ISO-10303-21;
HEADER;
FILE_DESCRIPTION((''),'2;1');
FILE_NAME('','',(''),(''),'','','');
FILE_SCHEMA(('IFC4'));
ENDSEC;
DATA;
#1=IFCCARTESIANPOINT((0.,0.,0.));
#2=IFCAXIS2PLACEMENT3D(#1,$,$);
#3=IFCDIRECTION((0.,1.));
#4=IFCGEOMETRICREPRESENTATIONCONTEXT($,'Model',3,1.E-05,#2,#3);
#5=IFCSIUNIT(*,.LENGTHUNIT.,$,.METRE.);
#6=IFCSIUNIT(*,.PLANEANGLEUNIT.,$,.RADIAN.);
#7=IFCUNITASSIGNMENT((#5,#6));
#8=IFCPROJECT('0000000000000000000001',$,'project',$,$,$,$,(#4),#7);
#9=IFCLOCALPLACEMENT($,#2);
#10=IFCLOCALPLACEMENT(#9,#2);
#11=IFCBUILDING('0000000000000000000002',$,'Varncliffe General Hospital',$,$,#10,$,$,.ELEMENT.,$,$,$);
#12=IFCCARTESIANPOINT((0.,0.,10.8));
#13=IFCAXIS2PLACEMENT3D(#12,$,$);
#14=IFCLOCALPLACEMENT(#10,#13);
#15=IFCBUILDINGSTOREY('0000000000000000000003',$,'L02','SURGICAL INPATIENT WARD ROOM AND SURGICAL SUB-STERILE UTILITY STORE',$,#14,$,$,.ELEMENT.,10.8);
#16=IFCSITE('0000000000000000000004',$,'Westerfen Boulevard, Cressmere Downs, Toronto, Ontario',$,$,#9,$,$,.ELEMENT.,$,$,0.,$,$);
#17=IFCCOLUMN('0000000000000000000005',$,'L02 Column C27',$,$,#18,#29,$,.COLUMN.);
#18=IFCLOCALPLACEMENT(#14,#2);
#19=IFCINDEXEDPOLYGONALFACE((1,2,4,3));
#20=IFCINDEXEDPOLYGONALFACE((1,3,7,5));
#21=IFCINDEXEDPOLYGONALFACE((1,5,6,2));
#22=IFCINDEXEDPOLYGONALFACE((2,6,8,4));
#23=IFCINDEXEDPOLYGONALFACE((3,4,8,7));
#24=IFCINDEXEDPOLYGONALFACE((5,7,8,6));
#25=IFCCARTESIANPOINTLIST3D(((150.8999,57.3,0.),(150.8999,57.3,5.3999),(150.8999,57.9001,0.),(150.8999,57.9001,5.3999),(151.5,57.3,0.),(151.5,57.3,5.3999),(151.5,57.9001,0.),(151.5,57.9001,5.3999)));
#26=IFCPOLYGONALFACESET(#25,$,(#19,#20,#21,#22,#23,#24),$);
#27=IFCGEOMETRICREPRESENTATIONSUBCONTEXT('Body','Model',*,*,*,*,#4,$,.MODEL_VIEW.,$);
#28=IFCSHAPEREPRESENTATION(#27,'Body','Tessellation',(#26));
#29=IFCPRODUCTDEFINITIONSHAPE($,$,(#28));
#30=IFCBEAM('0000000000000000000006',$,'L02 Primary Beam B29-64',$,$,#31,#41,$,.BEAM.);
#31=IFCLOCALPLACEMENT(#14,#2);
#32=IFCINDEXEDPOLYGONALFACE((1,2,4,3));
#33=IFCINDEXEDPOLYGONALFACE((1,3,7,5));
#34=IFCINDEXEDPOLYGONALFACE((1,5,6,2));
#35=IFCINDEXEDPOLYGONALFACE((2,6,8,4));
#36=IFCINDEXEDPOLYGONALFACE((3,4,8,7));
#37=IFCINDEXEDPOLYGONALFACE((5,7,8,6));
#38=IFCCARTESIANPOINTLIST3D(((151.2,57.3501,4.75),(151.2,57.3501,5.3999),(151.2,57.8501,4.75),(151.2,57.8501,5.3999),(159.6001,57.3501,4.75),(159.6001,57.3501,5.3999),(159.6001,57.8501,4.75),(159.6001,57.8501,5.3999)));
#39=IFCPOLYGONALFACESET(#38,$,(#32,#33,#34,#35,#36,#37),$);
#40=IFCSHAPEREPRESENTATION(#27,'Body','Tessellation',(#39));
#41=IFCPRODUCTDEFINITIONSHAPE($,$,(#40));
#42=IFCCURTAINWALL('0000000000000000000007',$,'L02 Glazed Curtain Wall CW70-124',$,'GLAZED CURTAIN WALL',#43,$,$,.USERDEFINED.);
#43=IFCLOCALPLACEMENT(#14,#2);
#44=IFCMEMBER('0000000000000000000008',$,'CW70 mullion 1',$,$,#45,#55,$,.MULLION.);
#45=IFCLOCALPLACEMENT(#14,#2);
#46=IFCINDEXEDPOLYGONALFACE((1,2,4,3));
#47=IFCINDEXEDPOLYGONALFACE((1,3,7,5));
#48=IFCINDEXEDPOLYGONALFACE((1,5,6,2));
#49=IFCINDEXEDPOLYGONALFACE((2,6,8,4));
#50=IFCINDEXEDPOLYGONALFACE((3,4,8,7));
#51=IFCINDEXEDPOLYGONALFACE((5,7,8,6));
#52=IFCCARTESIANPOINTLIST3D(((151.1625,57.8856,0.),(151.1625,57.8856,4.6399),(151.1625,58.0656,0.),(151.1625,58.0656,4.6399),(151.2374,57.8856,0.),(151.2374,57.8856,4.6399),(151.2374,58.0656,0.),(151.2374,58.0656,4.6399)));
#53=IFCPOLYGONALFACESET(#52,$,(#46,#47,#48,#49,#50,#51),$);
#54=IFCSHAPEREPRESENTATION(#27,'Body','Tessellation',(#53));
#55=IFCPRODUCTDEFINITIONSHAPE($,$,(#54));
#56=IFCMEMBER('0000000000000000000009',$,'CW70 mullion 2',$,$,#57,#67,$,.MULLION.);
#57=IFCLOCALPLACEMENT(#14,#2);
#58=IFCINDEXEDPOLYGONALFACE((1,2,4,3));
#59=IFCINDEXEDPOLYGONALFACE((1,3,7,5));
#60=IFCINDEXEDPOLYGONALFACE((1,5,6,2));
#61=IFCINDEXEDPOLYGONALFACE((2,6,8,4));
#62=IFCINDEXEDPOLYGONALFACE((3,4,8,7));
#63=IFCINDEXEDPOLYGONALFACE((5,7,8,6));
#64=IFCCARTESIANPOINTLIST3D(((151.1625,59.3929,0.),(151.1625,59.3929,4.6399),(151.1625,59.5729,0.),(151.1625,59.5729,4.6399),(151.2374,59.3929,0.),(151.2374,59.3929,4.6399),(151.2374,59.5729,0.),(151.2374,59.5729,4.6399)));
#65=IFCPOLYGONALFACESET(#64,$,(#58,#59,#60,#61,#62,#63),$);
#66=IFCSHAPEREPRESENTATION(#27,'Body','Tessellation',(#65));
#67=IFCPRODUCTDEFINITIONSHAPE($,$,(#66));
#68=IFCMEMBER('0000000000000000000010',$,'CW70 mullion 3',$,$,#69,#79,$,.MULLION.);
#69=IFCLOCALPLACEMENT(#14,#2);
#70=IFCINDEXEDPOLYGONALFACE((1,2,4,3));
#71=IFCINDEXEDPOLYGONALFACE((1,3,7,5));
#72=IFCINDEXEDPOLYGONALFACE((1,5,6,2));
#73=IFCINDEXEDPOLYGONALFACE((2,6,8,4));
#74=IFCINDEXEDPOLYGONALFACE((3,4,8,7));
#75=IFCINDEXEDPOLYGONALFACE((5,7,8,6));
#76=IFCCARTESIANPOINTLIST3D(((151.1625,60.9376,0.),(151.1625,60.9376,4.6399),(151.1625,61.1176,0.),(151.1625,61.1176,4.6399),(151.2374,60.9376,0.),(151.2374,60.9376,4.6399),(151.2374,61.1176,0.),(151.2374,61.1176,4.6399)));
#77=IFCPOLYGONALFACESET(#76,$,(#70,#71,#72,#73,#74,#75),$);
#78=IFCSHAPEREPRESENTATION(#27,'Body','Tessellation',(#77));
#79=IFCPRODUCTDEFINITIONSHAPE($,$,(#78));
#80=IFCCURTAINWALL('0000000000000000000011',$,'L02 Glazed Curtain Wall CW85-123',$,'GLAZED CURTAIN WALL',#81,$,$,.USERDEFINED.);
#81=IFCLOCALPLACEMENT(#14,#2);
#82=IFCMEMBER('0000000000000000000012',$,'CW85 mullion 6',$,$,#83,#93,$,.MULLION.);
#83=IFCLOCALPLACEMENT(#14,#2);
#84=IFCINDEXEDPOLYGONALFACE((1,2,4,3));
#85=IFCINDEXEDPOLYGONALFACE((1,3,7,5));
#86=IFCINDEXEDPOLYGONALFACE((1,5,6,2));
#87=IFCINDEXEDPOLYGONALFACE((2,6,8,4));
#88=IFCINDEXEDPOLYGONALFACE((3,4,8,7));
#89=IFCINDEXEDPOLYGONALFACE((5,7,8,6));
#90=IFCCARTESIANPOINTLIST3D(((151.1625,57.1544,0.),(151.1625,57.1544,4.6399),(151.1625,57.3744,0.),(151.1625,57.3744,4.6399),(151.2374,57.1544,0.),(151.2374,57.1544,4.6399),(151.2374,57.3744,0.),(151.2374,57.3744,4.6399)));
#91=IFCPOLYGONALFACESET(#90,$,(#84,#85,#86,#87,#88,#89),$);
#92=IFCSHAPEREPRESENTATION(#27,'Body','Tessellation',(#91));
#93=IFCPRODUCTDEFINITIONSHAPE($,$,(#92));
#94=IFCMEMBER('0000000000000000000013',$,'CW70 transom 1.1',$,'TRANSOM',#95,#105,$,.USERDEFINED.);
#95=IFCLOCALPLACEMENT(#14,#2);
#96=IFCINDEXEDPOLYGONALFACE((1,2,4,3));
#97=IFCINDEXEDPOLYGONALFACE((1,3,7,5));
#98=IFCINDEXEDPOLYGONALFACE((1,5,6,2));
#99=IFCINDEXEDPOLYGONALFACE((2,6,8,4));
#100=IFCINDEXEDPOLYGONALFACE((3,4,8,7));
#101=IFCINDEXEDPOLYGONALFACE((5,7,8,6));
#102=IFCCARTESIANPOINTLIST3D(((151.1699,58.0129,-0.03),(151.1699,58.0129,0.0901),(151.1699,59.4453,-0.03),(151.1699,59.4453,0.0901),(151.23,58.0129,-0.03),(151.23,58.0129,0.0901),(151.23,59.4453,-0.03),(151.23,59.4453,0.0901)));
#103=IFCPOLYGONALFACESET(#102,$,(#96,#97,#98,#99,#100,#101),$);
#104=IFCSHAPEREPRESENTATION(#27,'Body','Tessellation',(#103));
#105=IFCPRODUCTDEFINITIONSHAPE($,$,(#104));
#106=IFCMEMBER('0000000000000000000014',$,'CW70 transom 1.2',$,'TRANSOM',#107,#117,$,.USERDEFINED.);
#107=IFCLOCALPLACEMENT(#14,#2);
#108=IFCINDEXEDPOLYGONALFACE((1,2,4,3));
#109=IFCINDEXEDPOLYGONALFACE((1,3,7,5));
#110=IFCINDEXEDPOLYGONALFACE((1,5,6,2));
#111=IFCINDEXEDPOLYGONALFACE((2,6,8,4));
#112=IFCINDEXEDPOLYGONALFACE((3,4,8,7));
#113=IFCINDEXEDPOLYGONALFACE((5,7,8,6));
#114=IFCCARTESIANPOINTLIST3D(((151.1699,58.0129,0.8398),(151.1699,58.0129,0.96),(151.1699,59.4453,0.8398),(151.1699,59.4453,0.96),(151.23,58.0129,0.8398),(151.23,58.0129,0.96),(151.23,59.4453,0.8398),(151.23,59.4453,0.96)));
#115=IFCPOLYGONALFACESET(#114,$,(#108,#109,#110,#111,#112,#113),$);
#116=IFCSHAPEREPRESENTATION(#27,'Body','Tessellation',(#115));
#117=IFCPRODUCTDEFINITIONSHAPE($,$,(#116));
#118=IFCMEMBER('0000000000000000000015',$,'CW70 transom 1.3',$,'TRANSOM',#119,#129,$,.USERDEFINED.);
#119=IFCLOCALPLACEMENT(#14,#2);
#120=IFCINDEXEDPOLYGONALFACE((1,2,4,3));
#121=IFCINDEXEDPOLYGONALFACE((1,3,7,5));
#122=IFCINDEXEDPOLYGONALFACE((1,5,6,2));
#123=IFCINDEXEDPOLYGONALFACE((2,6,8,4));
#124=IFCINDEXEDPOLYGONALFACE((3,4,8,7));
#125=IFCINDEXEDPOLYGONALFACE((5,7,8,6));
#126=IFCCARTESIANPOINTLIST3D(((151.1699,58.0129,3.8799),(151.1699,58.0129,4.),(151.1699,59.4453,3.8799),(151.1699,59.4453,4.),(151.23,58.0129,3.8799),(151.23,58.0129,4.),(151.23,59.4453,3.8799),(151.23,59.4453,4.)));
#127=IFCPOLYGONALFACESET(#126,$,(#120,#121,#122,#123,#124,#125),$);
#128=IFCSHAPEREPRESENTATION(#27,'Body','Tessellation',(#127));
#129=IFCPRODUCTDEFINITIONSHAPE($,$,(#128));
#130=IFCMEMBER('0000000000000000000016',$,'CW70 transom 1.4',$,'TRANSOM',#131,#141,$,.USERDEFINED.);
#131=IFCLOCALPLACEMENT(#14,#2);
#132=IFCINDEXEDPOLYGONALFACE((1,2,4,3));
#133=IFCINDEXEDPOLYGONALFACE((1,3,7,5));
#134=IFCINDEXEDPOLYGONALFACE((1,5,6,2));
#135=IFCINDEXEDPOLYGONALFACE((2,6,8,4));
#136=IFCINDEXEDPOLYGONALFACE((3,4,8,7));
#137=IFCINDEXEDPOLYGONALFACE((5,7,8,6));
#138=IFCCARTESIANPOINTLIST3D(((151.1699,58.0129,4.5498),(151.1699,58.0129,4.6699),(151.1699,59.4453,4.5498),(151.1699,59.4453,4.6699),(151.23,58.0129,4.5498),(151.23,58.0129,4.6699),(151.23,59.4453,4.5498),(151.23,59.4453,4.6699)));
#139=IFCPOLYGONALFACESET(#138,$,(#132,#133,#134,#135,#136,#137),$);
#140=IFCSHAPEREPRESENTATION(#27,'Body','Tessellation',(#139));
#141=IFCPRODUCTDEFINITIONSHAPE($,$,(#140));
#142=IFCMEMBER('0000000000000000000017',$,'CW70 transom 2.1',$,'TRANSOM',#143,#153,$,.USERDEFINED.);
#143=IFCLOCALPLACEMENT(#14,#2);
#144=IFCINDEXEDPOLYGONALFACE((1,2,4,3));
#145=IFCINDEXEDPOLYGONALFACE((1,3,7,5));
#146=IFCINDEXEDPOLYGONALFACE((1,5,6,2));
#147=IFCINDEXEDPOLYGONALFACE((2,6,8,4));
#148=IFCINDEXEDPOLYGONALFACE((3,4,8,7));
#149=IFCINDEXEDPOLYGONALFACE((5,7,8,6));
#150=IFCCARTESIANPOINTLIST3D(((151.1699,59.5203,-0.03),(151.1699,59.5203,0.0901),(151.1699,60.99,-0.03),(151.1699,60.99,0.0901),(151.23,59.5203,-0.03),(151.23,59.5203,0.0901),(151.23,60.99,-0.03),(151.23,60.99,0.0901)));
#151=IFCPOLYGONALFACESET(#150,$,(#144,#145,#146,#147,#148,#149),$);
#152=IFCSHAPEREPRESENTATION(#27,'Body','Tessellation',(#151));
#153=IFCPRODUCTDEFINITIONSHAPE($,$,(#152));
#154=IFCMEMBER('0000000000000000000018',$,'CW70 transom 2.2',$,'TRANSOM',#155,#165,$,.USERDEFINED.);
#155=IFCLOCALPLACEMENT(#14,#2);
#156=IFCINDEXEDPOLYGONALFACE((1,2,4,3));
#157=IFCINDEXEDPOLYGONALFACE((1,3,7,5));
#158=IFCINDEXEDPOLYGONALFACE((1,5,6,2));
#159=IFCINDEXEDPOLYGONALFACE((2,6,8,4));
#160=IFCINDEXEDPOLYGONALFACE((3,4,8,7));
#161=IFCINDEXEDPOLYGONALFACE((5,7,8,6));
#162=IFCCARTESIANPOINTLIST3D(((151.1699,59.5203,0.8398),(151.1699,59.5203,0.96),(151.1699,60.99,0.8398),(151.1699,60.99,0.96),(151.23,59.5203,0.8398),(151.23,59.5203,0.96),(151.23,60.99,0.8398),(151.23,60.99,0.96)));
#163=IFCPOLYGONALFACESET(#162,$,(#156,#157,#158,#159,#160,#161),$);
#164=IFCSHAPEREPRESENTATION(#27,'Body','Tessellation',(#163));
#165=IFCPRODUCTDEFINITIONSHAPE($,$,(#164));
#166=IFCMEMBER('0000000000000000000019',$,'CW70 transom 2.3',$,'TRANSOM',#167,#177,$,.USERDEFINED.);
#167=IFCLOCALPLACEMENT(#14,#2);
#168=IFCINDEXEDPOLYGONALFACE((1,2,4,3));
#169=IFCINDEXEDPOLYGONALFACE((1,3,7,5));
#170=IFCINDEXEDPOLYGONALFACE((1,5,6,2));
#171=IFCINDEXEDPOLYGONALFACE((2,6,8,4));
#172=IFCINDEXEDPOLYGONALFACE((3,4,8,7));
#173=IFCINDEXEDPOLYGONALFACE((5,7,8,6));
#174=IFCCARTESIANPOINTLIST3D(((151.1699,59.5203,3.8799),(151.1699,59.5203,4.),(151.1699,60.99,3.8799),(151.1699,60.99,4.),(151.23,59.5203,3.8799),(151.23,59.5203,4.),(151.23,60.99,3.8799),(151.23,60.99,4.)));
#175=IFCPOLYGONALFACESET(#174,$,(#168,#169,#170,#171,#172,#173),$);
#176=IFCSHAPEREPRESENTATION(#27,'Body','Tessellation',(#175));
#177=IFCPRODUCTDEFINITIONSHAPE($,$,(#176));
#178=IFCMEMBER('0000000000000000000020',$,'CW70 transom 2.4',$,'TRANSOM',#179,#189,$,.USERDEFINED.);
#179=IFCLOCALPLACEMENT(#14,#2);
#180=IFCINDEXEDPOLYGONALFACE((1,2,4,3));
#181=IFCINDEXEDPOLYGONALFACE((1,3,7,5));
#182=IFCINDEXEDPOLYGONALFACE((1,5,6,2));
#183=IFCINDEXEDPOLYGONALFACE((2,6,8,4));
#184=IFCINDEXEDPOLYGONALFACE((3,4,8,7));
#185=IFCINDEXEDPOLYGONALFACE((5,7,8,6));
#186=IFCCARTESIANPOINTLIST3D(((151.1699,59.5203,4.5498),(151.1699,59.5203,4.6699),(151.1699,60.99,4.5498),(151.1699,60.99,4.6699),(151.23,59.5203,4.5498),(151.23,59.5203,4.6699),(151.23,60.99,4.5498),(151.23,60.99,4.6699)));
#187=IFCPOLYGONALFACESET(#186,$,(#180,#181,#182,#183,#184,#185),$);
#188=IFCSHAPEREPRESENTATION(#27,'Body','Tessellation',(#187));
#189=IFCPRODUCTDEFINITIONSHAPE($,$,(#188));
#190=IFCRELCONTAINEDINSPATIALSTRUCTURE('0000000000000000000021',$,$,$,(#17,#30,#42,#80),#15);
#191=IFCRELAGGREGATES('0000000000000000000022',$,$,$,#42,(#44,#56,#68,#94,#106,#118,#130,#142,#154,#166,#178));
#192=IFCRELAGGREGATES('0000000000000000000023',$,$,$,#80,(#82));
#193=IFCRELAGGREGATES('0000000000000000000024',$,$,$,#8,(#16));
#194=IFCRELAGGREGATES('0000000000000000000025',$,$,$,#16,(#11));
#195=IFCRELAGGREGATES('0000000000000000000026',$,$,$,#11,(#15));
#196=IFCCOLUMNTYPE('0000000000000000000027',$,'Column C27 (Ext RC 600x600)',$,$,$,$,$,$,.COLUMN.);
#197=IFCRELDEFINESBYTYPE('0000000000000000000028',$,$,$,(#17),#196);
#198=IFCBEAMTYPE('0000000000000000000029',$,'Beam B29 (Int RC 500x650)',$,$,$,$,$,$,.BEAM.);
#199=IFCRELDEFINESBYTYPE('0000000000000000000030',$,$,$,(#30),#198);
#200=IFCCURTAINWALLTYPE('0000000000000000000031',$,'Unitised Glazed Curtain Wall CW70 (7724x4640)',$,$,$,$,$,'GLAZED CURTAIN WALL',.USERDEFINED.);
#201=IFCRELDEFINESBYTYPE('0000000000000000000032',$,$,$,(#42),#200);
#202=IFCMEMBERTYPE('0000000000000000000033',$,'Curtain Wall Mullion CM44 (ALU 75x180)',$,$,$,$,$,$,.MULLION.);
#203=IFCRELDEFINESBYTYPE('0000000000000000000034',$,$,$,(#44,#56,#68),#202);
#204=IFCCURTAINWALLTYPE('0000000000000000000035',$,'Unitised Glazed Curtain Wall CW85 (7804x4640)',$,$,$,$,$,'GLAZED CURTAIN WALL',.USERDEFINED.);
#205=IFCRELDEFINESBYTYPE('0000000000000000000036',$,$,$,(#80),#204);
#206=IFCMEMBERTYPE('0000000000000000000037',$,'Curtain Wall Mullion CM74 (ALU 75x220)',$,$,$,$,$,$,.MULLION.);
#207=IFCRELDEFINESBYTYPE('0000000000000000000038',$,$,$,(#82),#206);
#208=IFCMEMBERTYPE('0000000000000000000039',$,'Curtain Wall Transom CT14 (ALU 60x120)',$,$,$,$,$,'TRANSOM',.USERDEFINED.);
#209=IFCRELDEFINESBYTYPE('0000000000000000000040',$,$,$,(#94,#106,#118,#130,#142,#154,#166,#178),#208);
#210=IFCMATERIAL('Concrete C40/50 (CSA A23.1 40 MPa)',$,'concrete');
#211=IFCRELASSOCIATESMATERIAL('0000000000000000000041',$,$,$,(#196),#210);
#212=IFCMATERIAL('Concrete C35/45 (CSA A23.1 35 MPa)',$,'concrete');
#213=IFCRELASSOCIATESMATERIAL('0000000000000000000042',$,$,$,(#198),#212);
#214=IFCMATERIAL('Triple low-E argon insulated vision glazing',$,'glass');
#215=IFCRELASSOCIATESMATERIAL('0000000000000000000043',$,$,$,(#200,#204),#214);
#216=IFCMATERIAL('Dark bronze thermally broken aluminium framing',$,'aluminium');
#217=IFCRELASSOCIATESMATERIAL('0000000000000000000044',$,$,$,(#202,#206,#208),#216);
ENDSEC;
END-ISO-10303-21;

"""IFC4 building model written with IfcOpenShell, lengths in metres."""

from ifc_helpers import new_model, si_unit, direction, frame, origin, origin_2d, place, context, subcontext, project, spatial, rectangle, extrude, material, material_profile, profile_set, type_object, element, aggregate, save


model = new_model("IFC4")

# Units and contexts
model_context = context("Model", 3, precision=1e-05, world=origin(), true_north=direction((0.0, 1.0)))
body_context = subcontext(model_context, "Body", "Model", "MODEL_VIEW")
ifc_project = project(units=[si_unit("LENGTHUNIT", "METRE"), si_unit("PLANEANGLEUNIT", "RADIAN")], contexts=[model_context])

# Site, building, storey
site_placement = place(None, origin())
site = spatial("IfcSite", under=ifc_project, at=site_placement, Name="Westerfen Boulevard, Cressmere Downs, Toronto, Ontario", CompositionType="ELEMENT", RefElevation=0.0)
building_placement = place(site_placement, origin())
building = spatial("IfcBuilding", under=site, at=building_placement, Name="Varncliffe General Hospital", CompositionType="ELEMENT")
storey_placement = place(building_placement, frame((0.0, 0.0, 10.8)))
storey = spatial("IfcBuildingStorey", under=building, at=storey_placement, Name="L02", Description="SURGICAL INPATIENT WARD ROOM AND SURGICAL SUB-STERILE UTILITY STORE", CompositionType="ELEMENT", Elevation=10.8)

# Column
ifc_material_1 = material(Name="Concrete C40/50 (CSA A23.1 40 MPa)", Category="concrete")
ifc_material_profile_1 = material_profile(ifc_material_1, rectangle(XDim=0.6001, YDim=0.6001, at=origin_2d()), Name="RC 600x600")
ifc_profile_set_1 = profile_set([ifc_material_profile_1], Name="Concrete C40/50 (CSA A23.1 40 MPa)")
column_type = type_object("IfcColumnType", Name="Column C27 (Ext RC 600x600)", PredefinedType="COLUMN", material=ifc_profile_set_1)
column_placement = place(storey_placement, frame((151.2, 57.6001, 0.0), z_axis=(0.0, 0.0, 1.0), x_axis=(1.0, 0.0, 0.0)))
element("IfcColumn", 1, at=column_placement, inside=storey, type_object=column_type, Name="L02 Column C27", PredefinedType="COLUMN", context=body_context, shape_type="SweptSolid", body=[
    extrude(rectangle(XDim=0.6001, YDim=0.6001, at=origin_2d()), origin(), (0.0, 0.0, 1.0), 5.3999),
])

# Beam
ifc_material_2 = material(Name="Concrete C35/45 (CSA A23.1 35 MPa)", Category="concrete")
ifc_material_profile_2 = material_profile(ifc_material_2, rectangle(XDim=0.5, YDim=0.6499, at=origin_2d()), Name="RC 500x650")
ifc_profile_set_2 = profile_set([ifc_material_profile_2], Name="Concrete C35/45 (CSA A23.1 35 MPa)")
beam_type_1 = type_object("IfcBeamType", Name="Beam B29 (Int RC 500x650)", PredefinedType="BEAM", material=ifc_profile_set_2)
beam_1_placement = place(storey_placement, frame((151.2, 57.6001, 5.075), z_axis=(1.0, 0.0, 0.0), x_axis=(0.0, 1.0, 0.0)))
element("IfcBeam", 2, at=beam_1_placement, inside=storey, type_object=beam_type_1, Name="L02 Primary Beam B29-64", PredefinedType="BEAM", context=body_context, shape_type="SweptSolid", body=[
    extrude(rectangle(XDim=0.5, YDim=0.6499, at=origin_2d()), origin(), (0.0, 0.0, 1.0), 8.4001),
])

# Curtain wall, members
ifc_material_3 = material(Name="Triple low-E argon insulated vision glazing", Category="glass")
curtain_wall_type_1 = type_object("IfcCurtainWallType", Name="Unitised Glazed Curtain Wall CW70 (7724x4640)", ElementType="GLAZED CURTAIN WALL", PredefinedType="USERDEFINED", material=ifc_material_3)
curtain_wall_1_placement = place(storey_placement, origin())
curtain_wall_1 = element("IfcCurtainWall", 3, at=curtain_wall_1_placement, inside=storey, type_object=curtain_wall_type_1, Name="L02 Glazed Curtain Wall CW70-124", ObjectType="GLAZED CURTAIN WALL", PredefinedType="USERDEFINED")
ifc_material_4 = material(Name="Dark bronze thermally broken aluminium framing", Category="aluminium")
ifc_material_profile_3 = material_profile(ifc_material_4, rectangle(XDim=0.075, YDim=0.1799, at=origin_2d()), Name="ALU 75x180")
ifc_profile_set_3 = profile_set([ifc_material_profile_3], Name="Dark bronze thermally broken aluminium framing")
member_type_1 = type_object("IfcMemberType", Name="Curtain Wall Mullion CM44 (ALU 75x180)", PredefinedType="MULLION", material=ifc_profile_set_3)
member_1_placement = place(storey_placement, frame((151.2, 57.9756, 0.0), z_axis=(0.0, 0.0, 1.0), x_axis=(-1.0, 0.0, 0.0)))
member_1 = element("IfcMember", 4, at=member_1_placement, type_object=member_type_1, Name="CW70 mullion 1", PredefinedType="MULLION", context=body_context, shape_type="SweptSolid", body=[
    extrude(rectangle(XDim=0.075, YDim=0.1799, at=origin_2d()), origin(), (0.0, 0.0, 1.0), 4.6399),
])
member_2_placement = place(storey_placement, frame((151.2, 59.4829, 0.0), z_axis=(0.0, 0.0, 1.0), x_axis=(-1.0, 0.0, 0.0)))
member_2 = element("IfcMember", 5, at=member_2_placement, type_object=member_type_1, Name="CW70 mullion 2", PredefinedType="MULLION", context=body_context, shape_type="SweptSolid", body=[
    extrude(rectangle(XDim=0.075, YDim=0.1799, at=origin_2d()), origin(), (0.0, 0.0, 1.0), 4.6399),
])
member_3_placement = place(storey_placement, frame((151.2, 61.0276, 0.0), z_axis=(0.0, 0.0, 1.0), x_axis=(-1.0, 0.0, 0.0)))
member_3 = element("IfcMember", 6, at=member_3_placement, type_object=member_type_1, Name="CW70 mullion 3", PredefinedType="MULLION", context=body_context, shape_type="SweptSolid", body=[
    extrude(rectangle(XDim=0.075, YDim=0.1799, at=origin_2d()), origin(), (0.0, 0.0, 1.0), 4.6399),
])

# Curtain wall, member
curtain_wall_type_2 = type_object("IfcCurtainWallType", Name="Unitised Glazed Curtain Wall CW85 (7804x4640)", ElementType="GLAZED CURTAIN WALL", PredefinedType="USERDEFINED", material=ifc_material_3)
curtain_wall_2_placement = place(storey_placement, origin())
curtain_wall_2 = element("IfcCurtainWall", 7, at=curtain_wall_2_placement, inside=storey, type_object=curtain_wall_type_2, Name="L02 Glazed Curtain Wall CW85-123", ObjectType="GLAZED CURTAIN WALL", PredefinedType="USERDEFINED")
ifc_material_profile_4 = material_profile(ifc_material_4, rectangle(XDim=0.075, YDim=0.22, at=origin_2d()), Name="ALU 75x220")
ifc_profile_set_4 = profile_set([ifc_material_profile_4], Name="Dark bronze thermally broken aluminium framing")
member_type_2 = type_object("IfcMemberType", Name="Curtain Wall Mullion CM74 (ALU 75x220)", PredefinedType="MULLION", material=ifc_profile_set_4)
member_4_placement = place(storey_placement, frame((151.2, 57.2644, 0.0), z_axis=(0.0, 0.0, 1.0), x_axis=(-1.0, 0.0, 0.0)))
member_4 = element("IfcMember", 8, at=member_4_placement, type_object=member_type_2, Name="CW85 mullion 6", PredefinedType="MULLION", context=body_context, shape_type="SweptSolid", body=[
    extrude(rectangle(XDim=0.075, YDim=0.22, at=origin_2d()), origin(), (0.0, 0.0, 1.0), 4.6399),
])

# Members
ifc_material_profile_5 = material_profile(ifc_material_4, rectangle(XDim=0.0601, YDim=0.1201, at=origin_2d()), Name="ALU 60x120")
ifc_profile_set_5 = profile_set([ifc_material_profile_5], Name="Dark bronze thermally broken aluminium framing")
member_type_3 = type_object("IfcMemberType", Name="Curtain Wall Transom CT14 (ALU 60x120)", ElementType="TRANSOM", PredefinedType="USERDEFINED", material=ifc_profile_set_5)
member_5_placement = place(storey_placement, frame((151.2, 58.0129, 0.03), z_axis=(0.0, 1.0, 0.0), x_axis=(-1.0, 0.0, 0.0)))
member_5 = element("IfcMember", 9, at=member_5_placement, type_object=member_type_3, Name="CW70 transom 1.1", ObjectType="TRANSOM", PredefinedType="USERDEFINED", context=body_context, shape_type="SweptSolid", body=[
    extrude(rectangle(XDim=0.0601, YDim=0.1201, at=origin_2d()), origin(), (0.0, 0.0, 1.0), 1.4324),
])
member_6_placement = place(storey_placement, frame((151.2, 58.0129, 0.8999), z_axis=(0.0, 1.0, 0.0), x_axis=(-1.0, 0.0, 0.0)))
member_6 = element("IfcMember", 10, at=member_6_placement, type_object=member_type_3, Name="CW70 transom 1.2", ObjectType="TRANSOM", PredefinedType="USERDEFINED", context=body_context, shape_type="SweptSolid", body=[
    extrude(rectangle(XDim=0.0601, YDim=0.1201, at=origin_2d()), origin(), (0.0, 0.0, 1.0), 1.4324),
])
member_7_placement = place(storey_placement, frame((151.2, 58.0129, 3.9399), z_axis=(0.0, 1.0, 0.0), x_axis=(-1.0, 0.0, 0.0)))
member_7 = element("IfcMember", 11, at=member_7_placement, type_object=member_type_3, Name="CW70 transom 1.3", ObjectType="TRANSOM", PredefinedType="USERDEFINED", context=body_context, shape_type="SweptSolid", body=[
    extrude(rectangle(XDim=0.0601, YDim=0.1201, at=origin_2d()), origin(), (0.0, 0.0, 1.0), 1.4324),
])
member_8_placement = place(storey_placement, frame((151.2, 58.0129, 4.6099), z_axis=(0.0, 1.0, 0.0), x_axis=(-1.0, 0.0, 0.0)))
member_8 = element("IfcMember", 12, at=member_8_placement, type_object=member_type_3, Name="CW70 transom 1.4", ObjectType="TRANSOM", PredefinedType="USERDEFINED", context=body_context, shape_type="SweptSolid", body=[
    extrude(rectangle(XDim=0.0601, YDim=0.1201, at=origin_2d()), origin(), (0.0, 0.0, 1.0), 1.4324),
])
member_9_placement = place(storey_placement, frame((151.2, 59.5203, 0.03), z_axis=(0.0, 1.0, 0.0), x_axis=(-1.0, 0.0, 0.0)))
member_9 = element("IfcMember", 13, at=member_9_placement, type_object=member_type_3, Name="CW70 transom 2.1", ObjectType="TRANSOM", PredefinedType="USERDEFINED", context=body_context, shape_type="SweptSolid", body=[
    extrude(rectangle(XDim=0.0601, YDim=0.1201, at=origin_2d()), origin(), (0.0, 0.0, 1.0), 1.4697),
])
member_10_placement = place(storey_placement, frame((151.2, 59.5203, 0.8999), z_axis=(0.0, 1.0, 0.0), x_axis=(-1.0, 0.0, 0.0)))
member_10 = element("IfcMember", 14, at=member_10_placement, type_object=member_type_3, Name="CW70 transom 2.2", ObjectType="TRANSOM", PredefinedType="USERDEFINED", context=body_context, shape_type="SweptSolid", body=[
    extrude(rectangle(XDim=0.0601, YDim=0.1201, at=origin_2d()), origin(), (0.0, 0.0, 1.0), 1.4697),
])
member_11_placement = place(storey_placement, frame((151.2, 59.5203, 3.9399), z_axis=(0.0, 1.0, 0.0), x_axis=(-1.0, 0.0, 0.0)))
member_11 = element("IfcMember", 15, at=member_11_placement, type_object=member_type_3, Name="CW70 transom 2.3", ObjectType="TRANSOM", PredefinedType="USERDEFINED", context=body_context, shape_type="SweptSolid", body=[
    extrude(rectangle(XDim=0.0601, YDim=0.1201, at=origin_2d()), origin(), (0.0, 0.0, 1.0), 1.4697),
])
member_12_placement = place(storey_placement, frame((151.2, 59.5203, 4.6099), z_axis=(0.0, 1.0, 0.0), x_axis=(-1.0, 0.0, 0.0)))
member_12 = element("IfcMember", 16, at=member_12_placement, type_object=member_type_3, Name="CW70 transom 2.4", ObjectType="TRANSOM", PredefinedType="USERDEFINED", context=body_context, shape_type="SweptSolid", body=[
    extrude(rectangle(XDim=0.0601, YDim=0.1201, at=origin_2d()), origin(), (0.0, 0.0, 1.0), 1.4697),
])

aggregate(curtain_wall_1, [member_1, member_2, member_3, member_5, member_6, member_7, member_8, member_9, member_10, member_11, member_12])
aggregate(curtain_wall_2, [member_4])

save(model, "model.ifc")
